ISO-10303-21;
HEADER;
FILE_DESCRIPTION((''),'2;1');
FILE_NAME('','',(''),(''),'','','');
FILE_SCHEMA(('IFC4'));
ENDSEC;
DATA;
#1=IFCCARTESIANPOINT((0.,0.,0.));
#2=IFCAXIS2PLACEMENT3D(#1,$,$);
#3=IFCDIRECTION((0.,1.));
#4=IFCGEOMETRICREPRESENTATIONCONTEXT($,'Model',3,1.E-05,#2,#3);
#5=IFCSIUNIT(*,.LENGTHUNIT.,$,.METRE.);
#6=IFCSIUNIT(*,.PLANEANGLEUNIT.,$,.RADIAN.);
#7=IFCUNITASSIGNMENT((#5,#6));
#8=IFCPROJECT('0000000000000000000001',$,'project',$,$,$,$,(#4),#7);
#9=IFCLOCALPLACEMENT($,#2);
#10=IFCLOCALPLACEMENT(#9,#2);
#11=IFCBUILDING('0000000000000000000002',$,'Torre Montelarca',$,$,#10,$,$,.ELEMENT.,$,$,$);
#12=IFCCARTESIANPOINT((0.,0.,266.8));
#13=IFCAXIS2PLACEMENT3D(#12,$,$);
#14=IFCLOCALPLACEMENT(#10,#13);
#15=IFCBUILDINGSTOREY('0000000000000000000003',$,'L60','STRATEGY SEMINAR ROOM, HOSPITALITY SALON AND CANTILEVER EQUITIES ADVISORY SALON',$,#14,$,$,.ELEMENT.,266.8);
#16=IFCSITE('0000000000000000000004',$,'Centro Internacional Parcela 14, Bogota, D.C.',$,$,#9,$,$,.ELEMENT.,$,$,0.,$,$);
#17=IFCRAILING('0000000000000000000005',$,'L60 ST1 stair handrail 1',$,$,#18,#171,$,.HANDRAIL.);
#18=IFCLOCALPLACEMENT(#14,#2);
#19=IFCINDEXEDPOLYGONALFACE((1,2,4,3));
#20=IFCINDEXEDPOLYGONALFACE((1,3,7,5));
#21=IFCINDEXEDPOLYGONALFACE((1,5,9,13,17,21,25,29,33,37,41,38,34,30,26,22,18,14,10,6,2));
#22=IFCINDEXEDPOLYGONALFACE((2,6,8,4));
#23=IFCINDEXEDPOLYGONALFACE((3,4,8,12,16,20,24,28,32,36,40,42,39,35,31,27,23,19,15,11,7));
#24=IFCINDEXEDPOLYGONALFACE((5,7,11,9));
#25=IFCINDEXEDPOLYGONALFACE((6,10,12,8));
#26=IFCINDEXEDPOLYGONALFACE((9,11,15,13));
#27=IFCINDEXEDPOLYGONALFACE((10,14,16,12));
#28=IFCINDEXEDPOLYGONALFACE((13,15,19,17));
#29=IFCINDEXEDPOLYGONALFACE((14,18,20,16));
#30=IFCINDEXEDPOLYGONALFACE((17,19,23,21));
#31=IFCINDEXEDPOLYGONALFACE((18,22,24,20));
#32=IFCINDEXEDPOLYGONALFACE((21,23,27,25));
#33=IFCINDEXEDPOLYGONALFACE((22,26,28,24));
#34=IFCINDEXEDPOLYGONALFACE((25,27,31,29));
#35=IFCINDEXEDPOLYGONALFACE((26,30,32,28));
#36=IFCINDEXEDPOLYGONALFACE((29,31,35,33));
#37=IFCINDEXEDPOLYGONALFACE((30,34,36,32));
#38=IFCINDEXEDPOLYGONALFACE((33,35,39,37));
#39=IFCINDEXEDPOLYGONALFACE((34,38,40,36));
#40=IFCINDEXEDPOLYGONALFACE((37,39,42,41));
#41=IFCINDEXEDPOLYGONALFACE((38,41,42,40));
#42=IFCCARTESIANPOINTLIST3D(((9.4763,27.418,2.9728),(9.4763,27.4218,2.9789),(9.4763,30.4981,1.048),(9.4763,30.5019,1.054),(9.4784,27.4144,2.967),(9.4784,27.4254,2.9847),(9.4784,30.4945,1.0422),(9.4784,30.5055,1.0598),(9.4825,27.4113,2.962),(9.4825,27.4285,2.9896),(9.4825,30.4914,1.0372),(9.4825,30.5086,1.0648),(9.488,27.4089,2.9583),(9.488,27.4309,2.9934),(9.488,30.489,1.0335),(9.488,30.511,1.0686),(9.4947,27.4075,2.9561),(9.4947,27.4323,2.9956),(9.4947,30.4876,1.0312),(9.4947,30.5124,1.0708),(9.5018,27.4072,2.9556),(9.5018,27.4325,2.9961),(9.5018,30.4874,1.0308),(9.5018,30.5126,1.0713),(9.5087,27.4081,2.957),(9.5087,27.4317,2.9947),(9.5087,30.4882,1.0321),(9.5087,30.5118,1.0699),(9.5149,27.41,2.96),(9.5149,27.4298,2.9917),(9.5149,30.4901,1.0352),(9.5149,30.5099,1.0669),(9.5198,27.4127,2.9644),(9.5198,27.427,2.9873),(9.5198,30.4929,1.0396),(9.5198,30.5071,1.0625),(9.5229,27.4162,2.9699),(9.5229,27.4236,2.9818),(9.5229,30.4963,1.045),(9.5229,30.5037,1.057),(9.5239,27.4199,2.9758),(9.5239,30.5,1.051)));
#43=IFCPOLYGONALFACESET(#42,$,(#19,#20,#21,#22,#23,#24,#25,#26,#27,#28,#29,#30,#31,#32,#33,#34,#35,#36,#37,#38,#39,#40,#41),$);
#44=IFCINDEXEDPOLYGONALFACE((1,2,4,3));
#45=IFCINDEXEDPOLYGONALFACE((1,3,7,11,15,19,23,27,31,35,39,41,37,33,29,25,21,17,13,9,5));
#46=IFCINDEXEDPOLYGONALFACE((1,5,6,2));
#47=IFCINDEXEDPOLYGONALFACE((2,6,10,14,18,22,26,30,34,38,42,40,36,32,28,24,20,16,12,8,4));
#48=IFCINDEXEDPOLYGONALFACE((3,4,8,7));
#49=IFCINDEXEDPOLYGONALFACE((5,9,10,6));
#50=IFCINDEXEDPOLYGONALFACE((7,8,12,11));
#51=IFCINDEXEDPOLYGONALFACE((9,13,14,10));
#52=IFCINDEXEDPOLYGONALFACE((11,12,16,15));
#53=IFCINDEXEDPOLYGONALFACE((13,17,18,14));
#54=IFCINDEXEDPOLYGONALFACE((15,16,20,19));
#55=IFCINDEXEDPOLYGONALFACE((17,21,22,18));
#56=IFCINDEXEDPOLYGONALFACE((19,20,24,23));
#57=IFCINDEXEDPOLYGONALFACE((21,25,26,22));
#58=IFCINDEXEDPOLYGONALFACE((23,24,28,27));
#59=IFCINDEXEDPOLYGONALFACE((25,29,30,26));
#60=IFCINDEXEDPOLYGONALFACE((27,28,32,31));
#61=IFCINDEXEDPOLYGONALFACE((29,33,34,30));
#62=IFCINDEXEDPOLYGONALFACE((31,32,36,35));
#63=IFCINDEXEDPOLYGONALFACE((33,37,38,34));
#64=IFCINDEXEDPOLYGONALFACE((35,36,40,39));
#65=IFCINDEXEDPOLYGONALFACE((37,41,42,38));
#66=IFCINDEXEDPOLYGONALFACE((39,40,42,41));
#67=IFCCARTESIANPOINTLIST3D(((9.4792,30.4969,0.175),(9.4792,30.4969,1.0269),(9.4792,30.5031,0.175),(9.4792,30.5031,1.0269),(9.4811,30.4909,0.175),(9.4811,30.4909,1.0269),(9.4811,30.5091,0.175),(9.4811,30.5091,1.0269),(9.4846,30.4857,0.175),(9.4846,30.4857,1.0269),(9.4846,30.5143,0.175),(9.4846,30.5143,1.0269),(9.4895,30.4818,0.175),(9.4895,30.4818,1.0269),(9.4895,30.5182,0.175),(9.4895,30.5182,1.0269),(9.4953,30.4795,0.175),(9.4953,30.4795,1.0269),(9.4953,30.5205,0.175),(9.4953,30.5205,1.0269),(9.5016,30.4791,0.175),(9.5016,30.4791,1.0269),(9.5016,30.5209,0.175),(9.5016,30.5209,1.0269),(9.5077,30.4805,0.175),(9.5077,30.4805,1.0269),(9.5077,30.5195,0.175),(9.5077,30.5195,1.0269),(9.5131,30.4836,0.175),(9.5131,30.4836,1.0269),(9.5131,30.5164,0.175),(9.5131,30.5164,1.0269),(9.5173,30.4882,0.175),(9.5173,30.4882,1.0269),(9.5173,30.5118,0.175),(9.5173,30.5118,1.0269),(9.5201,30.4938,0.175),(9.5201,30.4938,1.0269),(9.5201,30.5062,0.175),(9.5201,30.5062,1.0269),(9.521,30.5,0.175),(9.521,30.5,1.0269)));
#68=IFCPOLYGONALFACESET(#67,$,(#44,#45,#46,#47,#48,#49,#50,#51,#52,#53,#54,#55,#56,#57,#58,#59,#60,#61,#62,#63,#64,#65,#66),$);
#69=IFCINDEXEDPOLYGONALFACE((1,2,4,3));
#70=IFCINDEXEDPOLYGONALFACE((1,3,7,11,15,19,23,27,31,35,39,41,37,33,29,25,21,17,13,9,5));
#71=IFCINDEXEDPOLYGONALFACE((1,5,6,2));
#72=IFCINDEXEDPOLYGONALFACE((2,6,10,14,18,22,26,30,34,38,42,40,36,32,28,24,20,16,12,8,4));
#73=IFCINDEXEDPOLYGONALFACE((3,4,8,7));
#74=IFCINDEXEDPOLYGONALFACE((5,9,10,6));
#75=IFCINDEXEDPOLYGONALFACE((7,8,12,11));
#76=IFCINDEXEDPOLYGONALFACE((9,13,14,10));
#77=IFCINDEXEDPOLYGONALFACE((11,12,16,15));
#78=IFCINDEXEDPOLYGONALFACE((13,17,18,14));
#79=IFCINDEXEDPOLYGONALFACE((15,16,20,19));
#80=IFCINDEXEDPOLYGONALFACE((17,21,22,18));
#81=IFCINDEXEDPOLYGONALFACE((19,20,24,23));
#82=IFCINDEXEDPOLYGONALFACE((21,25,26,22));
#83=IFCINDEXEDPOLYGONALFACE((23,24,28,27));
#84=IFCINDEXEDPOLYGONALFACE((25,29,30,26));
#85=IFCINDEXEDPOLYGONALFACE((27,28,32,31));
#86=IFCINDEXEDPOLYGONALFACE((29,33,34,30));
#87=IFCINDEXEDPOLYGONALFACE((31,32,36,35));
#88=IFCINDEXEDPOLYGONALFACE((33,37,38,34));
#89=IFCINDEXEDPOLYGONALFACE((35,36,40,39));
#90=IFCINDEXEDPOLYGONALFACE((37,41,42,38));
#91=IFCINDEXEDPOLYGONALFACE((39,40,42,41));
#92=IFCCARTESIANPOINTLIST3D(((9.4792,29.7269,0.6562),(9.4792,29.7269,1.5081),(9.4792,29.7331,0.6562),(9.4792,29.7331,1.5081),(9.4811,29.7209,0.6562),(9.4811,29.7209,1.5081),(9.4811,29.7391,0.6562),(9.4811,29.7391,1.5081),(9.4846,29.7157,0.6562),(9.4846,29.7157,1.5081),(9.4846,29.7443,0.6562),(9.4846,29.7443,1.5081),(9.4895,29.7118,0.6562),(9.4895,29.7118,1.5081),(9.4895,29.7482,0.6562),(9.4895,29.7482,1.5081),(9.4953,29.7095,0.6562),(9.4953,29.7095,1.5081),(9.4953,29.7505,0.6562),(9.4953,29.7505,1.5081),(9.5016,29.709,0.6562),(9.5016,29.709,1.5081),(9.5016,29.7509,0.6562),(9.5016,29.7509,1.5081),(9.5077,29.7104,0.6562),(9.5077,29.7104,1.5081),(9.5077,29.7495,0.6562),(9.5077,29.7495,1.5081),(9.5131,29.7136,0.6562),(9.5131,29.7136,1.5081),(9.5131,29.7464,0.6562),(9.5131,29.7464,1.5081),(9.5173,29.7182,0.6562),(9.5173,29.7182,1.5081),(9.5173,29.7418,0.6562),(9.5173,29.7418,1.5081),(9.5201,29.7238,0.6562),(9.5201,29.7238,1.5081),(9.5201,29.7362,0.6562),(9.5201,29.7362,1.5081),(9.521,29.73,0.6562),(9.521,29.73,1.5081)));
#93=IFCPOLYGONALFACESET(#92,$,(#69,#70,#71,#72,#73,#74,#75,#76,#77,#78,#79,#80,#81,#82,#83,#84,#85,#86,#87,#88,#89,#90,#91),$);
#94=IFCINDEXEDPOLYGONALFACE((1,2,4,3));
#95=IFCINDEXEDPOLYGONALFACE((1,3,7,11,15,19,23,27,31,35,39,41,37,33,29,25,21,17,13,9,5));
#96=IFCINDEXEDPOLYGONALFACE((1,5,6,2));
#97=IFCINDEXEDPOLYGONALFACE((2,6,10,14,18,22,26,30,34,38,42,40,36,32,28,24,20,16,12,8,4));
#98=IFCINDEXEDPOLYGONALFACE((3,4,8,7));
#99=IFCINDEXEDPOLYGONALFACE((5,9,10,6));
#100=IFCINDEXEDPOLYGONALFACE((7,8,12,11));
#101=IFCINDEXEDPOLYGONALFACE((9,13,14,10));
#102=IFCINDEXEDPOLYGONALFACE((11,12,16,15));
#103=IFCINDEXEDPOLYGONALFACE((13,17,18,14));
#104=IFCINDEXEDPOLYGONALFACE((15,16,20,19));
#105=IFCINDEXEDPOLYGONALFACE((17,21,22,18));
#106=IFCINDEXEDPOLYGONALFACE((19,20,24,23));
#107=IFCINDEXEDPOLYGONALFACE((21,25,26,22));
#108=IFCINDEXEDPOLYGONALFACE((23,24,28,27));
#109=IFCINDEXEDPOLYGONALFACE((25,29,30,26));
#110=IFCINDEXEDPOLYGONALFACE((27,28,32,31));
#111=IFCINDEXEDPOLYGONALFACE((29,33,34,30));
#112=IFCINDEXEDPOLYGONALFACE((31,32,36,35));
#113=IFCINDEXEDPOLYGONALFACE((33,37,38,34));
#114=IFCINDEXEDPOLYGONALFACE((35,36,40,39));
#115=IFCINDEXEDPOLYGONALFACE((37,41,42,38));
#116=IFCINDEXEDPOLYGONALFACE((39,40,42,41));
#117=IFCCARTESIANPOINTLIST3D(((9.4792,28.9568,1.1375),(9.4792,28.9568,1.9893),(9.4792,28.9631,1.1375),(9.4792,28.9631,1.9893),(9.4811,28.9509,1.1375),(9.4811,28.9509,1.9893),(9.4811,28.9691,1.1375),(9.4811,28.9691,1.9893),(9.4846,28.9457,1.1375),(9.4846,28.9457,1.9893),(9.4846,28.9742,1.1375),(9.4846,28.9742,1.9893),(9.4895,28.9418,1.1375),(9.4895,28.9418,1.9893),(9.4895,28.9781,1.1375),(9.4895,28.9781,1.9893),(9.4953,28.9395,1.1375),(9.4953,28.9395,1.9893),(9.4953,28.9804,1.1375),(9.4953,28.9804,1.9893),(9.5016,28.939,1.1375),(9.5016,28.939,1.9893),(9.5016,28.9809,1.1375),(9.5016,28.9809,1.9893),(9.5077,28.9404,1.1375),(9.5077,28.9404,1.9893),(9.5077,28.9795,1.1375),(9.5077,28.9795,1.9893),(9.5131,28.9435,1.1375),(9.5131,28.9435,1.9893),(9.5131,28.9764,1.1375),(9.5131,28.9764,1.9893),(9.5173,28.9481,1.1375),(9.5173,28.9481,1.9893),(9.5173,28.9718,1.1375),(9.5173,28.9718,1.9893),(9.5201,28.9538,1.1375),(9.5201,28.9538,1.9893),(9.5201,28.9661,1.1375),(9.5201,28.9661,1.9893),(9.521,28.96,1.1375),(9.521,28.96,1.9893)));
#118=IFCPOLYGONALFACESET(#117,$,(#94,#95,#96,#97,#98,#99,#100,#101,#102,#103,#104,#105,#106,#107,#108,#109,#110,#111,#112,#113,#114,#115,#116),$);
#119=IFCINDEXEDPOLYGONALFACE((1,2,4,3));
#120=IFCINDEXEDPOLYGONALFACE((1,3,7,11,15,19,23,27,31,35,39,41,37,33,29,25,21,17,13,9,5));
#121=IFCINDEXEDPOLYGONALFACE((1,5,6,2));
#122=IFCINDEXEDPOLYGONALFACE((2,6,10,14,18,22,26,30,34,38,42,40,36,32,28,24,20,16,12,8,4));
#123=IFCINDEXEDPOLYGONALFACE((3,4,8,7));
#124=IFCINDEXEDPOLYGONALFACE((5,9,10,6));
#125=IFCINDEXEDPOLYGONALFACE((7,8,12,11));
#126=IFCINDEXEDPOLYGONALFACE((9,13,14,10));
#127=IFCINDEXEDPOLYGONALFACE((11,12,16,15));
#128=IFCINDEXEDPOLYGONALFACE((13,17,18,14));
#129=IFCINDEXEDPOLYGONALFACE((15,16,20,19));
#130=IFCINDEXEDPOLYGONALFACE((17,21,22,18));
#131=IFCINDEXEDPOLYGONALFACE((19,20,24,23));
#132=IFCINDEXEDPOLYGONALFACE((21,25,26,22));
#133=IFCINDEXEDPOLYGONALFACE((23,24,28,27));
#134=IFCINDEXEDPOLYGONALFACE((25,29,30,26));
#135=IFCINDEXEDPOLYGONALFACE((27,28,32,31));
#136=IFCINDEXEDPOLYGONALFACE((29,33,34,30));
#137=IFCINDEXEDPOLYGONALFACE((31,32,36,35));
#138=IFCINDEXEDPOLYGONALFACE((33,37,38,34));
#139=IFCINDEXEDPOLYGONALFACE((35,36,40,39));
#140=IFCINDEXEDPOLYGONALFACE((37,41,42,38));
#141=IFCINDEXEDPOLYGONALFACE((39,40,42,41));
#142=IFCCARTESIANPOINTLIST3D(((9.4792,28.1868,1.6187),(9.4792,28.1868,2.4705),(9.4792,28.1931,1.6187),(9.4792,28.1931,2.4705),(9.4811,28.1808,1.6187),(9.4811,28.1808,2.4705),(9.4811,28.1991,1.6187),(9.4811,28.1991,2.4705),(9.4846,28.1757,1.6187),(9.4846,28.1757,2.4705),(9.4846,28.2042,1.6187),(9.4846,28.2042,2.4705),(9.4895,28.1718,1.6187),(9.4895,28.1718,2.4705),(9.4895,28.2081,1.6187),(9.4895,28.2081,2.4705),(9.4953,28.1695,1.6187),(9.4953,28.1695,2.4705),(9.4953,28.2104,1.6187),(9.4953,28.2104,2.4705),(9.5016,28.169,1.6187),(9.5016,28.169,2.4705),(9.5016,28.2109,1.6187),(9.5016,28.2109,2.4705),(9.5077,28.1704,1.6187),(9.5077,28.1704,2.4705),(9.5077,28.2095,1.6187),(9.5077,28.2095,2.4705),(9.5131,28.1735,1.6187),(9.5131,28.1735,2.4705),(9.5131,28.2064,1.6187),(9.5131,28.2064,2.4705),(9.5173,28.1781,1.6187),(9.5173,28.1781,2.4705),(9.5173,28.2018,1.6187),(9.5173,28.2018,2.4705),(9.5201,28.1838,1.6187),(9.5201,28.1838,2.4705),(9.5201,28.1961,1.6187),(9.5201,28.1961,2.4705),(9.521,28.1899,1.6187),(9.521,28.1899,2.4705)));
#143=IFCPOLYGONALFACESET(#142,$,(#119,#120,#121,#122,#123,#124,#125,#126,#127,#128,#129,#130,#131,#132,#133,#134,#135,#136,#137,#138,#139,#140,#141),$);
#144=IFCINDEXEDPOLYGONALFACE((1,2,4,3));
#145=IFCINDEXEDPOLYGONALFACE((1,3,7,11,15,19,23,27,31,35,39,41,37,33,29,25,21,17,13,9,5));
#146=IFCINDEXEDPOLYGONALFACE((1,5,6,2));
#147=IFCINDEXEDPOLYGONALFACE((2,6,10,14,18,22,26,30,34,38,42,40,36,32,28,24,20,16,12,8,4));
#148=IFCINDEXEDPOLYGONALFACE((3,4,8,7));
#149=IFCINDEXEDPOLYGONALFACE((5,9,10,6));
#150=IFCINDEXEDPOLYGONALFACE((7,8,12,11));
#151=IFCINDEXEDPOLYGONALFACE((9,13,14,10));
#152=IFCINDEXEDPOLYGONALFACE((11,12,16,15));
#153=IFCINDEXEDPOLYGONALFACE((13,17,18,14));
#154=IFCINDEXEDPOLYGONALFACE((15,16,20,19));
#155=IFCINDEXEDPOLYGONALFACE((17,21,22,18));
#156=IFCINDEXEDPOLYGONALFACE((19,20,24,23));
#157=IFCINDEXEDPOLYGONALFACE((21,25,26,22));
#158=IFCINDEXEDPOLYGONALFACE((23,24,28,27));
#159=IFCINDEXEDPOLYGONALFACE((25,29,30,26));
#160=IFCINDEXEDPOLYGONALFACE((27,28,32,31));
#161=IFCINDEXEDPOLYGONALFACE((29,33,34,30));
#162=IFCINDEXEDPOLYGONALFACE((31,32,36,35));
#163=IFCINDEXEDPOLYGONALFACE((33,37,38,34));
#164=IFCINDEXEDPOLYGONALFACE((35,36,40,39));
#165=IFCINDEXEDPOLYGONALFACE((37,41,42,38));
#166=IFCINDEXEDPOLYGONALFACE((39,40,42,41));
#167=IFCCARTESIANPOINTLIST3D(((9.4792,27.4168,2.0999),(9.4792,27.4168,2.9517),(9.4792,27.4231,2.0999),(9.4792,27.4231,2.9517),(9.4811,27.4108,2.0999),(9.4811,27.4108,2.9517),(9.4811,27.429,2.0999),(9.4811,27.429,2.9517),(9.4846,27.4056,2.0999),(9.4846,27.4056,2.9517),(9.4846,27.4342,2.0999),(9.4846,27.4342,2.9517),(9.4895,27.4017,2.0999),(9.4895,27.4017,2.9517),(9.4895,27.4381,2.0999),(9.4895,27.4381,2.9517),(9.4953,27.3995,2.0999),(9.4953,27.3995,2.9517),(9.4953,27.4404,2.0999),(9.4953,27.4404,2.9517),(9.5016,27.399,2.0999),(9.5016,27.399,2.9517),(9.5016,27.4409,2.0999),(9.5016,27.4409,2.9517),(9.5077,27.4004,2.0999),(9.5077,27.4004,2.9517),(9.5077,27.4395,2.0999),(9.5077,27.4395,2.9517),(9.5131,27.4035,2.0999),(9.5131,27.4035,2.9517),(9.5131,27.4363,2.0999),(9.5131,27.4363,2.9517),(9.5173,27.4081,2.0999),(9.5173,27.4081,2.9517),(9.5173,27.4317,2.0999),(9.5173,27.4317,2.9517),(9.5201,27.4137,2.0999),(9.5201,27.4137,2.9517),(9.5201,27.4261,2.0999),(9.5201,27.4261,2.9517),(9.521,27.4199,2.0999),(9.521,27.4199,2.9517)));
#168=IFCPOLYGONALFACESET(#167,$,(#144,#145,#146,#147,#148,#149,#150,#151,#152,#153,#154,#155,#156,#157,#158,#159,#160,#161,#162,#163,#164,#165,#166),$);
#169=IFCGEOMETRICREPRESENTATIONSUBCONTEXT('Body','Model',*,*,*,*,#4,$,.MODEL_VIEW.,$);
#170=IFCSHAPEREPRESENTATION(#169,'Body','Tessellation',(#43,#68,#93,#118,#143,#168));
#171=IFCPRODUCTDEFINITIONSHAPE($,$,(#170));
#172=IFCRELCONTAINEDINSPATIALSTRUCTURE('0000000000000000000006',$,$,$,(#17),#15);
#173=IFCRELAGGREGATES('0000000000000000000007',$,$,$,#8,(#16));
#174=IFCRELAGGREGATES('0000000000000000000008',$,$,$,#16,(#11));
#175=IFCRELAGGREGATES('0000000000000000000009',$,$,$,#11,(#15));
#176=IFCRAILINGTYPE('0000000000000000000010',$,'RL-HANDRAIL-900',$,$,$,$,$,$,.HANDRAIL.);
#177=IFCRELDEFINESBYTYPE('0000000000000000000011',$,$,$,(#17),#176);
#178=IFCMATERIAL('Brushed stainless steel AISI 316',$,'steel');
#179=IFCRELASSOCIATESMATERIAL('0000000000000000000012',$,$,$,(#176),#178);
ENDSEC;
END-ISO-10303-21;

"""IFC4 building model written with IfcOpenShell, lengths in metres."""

from ifc_helpers import new_model, si_unit, direction, frame, origin, origin_2d, place, context, subcontext, project, spatial, circle, extrude, material, type_object, element, save


model = new_model("IFC4")

# Units and contexts
model_context = context("Model", 3, precision=1e-05, world=origin(), true_north=direction((0.0, 1.0)))
body_context = subcontext(model_context, "Body", "Model", "MODEL_VIEW")
ifc_project = project(units=[si_unit("LENGTHUNIT", "METRE"), si_unit("PLANEANGLEUNIT", "RADIAN")], contexts=[model_context])

# Site, building, storey
site_placement = place(None, origin())
site = spatial("IfcSite", under=ifc_project, at=site_placement, Name="Centro Internacional Parcela 14, Bogota, D.C.", CompositionType="ELEMENT", RefElevation=0.0)
building_placement = place(site_placement, origin())
building = spatial("IfcBuilding", under=site, at=building_placement, Name="Torre Montelarca", CompositionType="ELEMENT")
storey_placement = place(building_placement, frame((0.0, 0.0, 266.8)))
storey = spatial("IfcBuildingStorey", under=building, at=storey_placement, Name="L60", Description="STRATEGY SEMINAR ROOM, HOSPITALITY SALON AND CANTILEVER EQUITIES ADVISORY SALON", CompositionType="ELEMENT", Elevation=266.8)

# Shared definitions
ifc_material_1 = material(Name="Brushed stainless steel AISI 316", Category="steel")

# Railing
railing_type_1 = type_object("IfcRailingType", Name="RL-HANDRAIL-900", PredefinedType="HANDRAIL", material=ifc_material_1)
railing_1_placement = place(storey_placement, frame((9.5, 30.5, 0.175)))
element("IfcRailing", 1, at=railing_1_placement, inside=storey, type_object=railing_type_1, Name="L60 ST1 stair handrail 1", PredefinedType="HANDRAIL", context=body_context, shape_type="SweptSolid", body=[
    extrude(circle(Radius=0.0239, at=origin_2d()), frame((0.0, 0.0, 0.876), z_axis=(0.0, -0.848029, 0.529951), x_axis=(1.0, 0.0, 0.0)), (0.0, 0.0, 1.0), 3.6321),
    extrude(circle(Radius=0.021, at=origin_2d()), origin(), (0.0, 0.0, 1.0), 0.8518),
    extrude(circle(Radius=0.021, at=origin_2d()), frame((0.0, -0.77, 0.4812)), (0.0, 0.0, 1.0), 0.8518),
    extrude(circle(Radius=0.021, at=origin_2d()), frame((0.0, -1.54, 0.9624)), (0.0, 0.0, 1.0), 0.8518),
    extrude(circle(Radius=0.021, at=origin_2d()), frame((0.0, -2.3101, 1.4436)), (0.0, 0.0, 1.0), 0.8518),
    extrude(circle(Radius=0.021, at=origin_2d()), frame((0.0, -3.0801, 1.9248)), (0.0, 0.0, 1.0), 0.8518),
])

save(model, "model.ifc")
